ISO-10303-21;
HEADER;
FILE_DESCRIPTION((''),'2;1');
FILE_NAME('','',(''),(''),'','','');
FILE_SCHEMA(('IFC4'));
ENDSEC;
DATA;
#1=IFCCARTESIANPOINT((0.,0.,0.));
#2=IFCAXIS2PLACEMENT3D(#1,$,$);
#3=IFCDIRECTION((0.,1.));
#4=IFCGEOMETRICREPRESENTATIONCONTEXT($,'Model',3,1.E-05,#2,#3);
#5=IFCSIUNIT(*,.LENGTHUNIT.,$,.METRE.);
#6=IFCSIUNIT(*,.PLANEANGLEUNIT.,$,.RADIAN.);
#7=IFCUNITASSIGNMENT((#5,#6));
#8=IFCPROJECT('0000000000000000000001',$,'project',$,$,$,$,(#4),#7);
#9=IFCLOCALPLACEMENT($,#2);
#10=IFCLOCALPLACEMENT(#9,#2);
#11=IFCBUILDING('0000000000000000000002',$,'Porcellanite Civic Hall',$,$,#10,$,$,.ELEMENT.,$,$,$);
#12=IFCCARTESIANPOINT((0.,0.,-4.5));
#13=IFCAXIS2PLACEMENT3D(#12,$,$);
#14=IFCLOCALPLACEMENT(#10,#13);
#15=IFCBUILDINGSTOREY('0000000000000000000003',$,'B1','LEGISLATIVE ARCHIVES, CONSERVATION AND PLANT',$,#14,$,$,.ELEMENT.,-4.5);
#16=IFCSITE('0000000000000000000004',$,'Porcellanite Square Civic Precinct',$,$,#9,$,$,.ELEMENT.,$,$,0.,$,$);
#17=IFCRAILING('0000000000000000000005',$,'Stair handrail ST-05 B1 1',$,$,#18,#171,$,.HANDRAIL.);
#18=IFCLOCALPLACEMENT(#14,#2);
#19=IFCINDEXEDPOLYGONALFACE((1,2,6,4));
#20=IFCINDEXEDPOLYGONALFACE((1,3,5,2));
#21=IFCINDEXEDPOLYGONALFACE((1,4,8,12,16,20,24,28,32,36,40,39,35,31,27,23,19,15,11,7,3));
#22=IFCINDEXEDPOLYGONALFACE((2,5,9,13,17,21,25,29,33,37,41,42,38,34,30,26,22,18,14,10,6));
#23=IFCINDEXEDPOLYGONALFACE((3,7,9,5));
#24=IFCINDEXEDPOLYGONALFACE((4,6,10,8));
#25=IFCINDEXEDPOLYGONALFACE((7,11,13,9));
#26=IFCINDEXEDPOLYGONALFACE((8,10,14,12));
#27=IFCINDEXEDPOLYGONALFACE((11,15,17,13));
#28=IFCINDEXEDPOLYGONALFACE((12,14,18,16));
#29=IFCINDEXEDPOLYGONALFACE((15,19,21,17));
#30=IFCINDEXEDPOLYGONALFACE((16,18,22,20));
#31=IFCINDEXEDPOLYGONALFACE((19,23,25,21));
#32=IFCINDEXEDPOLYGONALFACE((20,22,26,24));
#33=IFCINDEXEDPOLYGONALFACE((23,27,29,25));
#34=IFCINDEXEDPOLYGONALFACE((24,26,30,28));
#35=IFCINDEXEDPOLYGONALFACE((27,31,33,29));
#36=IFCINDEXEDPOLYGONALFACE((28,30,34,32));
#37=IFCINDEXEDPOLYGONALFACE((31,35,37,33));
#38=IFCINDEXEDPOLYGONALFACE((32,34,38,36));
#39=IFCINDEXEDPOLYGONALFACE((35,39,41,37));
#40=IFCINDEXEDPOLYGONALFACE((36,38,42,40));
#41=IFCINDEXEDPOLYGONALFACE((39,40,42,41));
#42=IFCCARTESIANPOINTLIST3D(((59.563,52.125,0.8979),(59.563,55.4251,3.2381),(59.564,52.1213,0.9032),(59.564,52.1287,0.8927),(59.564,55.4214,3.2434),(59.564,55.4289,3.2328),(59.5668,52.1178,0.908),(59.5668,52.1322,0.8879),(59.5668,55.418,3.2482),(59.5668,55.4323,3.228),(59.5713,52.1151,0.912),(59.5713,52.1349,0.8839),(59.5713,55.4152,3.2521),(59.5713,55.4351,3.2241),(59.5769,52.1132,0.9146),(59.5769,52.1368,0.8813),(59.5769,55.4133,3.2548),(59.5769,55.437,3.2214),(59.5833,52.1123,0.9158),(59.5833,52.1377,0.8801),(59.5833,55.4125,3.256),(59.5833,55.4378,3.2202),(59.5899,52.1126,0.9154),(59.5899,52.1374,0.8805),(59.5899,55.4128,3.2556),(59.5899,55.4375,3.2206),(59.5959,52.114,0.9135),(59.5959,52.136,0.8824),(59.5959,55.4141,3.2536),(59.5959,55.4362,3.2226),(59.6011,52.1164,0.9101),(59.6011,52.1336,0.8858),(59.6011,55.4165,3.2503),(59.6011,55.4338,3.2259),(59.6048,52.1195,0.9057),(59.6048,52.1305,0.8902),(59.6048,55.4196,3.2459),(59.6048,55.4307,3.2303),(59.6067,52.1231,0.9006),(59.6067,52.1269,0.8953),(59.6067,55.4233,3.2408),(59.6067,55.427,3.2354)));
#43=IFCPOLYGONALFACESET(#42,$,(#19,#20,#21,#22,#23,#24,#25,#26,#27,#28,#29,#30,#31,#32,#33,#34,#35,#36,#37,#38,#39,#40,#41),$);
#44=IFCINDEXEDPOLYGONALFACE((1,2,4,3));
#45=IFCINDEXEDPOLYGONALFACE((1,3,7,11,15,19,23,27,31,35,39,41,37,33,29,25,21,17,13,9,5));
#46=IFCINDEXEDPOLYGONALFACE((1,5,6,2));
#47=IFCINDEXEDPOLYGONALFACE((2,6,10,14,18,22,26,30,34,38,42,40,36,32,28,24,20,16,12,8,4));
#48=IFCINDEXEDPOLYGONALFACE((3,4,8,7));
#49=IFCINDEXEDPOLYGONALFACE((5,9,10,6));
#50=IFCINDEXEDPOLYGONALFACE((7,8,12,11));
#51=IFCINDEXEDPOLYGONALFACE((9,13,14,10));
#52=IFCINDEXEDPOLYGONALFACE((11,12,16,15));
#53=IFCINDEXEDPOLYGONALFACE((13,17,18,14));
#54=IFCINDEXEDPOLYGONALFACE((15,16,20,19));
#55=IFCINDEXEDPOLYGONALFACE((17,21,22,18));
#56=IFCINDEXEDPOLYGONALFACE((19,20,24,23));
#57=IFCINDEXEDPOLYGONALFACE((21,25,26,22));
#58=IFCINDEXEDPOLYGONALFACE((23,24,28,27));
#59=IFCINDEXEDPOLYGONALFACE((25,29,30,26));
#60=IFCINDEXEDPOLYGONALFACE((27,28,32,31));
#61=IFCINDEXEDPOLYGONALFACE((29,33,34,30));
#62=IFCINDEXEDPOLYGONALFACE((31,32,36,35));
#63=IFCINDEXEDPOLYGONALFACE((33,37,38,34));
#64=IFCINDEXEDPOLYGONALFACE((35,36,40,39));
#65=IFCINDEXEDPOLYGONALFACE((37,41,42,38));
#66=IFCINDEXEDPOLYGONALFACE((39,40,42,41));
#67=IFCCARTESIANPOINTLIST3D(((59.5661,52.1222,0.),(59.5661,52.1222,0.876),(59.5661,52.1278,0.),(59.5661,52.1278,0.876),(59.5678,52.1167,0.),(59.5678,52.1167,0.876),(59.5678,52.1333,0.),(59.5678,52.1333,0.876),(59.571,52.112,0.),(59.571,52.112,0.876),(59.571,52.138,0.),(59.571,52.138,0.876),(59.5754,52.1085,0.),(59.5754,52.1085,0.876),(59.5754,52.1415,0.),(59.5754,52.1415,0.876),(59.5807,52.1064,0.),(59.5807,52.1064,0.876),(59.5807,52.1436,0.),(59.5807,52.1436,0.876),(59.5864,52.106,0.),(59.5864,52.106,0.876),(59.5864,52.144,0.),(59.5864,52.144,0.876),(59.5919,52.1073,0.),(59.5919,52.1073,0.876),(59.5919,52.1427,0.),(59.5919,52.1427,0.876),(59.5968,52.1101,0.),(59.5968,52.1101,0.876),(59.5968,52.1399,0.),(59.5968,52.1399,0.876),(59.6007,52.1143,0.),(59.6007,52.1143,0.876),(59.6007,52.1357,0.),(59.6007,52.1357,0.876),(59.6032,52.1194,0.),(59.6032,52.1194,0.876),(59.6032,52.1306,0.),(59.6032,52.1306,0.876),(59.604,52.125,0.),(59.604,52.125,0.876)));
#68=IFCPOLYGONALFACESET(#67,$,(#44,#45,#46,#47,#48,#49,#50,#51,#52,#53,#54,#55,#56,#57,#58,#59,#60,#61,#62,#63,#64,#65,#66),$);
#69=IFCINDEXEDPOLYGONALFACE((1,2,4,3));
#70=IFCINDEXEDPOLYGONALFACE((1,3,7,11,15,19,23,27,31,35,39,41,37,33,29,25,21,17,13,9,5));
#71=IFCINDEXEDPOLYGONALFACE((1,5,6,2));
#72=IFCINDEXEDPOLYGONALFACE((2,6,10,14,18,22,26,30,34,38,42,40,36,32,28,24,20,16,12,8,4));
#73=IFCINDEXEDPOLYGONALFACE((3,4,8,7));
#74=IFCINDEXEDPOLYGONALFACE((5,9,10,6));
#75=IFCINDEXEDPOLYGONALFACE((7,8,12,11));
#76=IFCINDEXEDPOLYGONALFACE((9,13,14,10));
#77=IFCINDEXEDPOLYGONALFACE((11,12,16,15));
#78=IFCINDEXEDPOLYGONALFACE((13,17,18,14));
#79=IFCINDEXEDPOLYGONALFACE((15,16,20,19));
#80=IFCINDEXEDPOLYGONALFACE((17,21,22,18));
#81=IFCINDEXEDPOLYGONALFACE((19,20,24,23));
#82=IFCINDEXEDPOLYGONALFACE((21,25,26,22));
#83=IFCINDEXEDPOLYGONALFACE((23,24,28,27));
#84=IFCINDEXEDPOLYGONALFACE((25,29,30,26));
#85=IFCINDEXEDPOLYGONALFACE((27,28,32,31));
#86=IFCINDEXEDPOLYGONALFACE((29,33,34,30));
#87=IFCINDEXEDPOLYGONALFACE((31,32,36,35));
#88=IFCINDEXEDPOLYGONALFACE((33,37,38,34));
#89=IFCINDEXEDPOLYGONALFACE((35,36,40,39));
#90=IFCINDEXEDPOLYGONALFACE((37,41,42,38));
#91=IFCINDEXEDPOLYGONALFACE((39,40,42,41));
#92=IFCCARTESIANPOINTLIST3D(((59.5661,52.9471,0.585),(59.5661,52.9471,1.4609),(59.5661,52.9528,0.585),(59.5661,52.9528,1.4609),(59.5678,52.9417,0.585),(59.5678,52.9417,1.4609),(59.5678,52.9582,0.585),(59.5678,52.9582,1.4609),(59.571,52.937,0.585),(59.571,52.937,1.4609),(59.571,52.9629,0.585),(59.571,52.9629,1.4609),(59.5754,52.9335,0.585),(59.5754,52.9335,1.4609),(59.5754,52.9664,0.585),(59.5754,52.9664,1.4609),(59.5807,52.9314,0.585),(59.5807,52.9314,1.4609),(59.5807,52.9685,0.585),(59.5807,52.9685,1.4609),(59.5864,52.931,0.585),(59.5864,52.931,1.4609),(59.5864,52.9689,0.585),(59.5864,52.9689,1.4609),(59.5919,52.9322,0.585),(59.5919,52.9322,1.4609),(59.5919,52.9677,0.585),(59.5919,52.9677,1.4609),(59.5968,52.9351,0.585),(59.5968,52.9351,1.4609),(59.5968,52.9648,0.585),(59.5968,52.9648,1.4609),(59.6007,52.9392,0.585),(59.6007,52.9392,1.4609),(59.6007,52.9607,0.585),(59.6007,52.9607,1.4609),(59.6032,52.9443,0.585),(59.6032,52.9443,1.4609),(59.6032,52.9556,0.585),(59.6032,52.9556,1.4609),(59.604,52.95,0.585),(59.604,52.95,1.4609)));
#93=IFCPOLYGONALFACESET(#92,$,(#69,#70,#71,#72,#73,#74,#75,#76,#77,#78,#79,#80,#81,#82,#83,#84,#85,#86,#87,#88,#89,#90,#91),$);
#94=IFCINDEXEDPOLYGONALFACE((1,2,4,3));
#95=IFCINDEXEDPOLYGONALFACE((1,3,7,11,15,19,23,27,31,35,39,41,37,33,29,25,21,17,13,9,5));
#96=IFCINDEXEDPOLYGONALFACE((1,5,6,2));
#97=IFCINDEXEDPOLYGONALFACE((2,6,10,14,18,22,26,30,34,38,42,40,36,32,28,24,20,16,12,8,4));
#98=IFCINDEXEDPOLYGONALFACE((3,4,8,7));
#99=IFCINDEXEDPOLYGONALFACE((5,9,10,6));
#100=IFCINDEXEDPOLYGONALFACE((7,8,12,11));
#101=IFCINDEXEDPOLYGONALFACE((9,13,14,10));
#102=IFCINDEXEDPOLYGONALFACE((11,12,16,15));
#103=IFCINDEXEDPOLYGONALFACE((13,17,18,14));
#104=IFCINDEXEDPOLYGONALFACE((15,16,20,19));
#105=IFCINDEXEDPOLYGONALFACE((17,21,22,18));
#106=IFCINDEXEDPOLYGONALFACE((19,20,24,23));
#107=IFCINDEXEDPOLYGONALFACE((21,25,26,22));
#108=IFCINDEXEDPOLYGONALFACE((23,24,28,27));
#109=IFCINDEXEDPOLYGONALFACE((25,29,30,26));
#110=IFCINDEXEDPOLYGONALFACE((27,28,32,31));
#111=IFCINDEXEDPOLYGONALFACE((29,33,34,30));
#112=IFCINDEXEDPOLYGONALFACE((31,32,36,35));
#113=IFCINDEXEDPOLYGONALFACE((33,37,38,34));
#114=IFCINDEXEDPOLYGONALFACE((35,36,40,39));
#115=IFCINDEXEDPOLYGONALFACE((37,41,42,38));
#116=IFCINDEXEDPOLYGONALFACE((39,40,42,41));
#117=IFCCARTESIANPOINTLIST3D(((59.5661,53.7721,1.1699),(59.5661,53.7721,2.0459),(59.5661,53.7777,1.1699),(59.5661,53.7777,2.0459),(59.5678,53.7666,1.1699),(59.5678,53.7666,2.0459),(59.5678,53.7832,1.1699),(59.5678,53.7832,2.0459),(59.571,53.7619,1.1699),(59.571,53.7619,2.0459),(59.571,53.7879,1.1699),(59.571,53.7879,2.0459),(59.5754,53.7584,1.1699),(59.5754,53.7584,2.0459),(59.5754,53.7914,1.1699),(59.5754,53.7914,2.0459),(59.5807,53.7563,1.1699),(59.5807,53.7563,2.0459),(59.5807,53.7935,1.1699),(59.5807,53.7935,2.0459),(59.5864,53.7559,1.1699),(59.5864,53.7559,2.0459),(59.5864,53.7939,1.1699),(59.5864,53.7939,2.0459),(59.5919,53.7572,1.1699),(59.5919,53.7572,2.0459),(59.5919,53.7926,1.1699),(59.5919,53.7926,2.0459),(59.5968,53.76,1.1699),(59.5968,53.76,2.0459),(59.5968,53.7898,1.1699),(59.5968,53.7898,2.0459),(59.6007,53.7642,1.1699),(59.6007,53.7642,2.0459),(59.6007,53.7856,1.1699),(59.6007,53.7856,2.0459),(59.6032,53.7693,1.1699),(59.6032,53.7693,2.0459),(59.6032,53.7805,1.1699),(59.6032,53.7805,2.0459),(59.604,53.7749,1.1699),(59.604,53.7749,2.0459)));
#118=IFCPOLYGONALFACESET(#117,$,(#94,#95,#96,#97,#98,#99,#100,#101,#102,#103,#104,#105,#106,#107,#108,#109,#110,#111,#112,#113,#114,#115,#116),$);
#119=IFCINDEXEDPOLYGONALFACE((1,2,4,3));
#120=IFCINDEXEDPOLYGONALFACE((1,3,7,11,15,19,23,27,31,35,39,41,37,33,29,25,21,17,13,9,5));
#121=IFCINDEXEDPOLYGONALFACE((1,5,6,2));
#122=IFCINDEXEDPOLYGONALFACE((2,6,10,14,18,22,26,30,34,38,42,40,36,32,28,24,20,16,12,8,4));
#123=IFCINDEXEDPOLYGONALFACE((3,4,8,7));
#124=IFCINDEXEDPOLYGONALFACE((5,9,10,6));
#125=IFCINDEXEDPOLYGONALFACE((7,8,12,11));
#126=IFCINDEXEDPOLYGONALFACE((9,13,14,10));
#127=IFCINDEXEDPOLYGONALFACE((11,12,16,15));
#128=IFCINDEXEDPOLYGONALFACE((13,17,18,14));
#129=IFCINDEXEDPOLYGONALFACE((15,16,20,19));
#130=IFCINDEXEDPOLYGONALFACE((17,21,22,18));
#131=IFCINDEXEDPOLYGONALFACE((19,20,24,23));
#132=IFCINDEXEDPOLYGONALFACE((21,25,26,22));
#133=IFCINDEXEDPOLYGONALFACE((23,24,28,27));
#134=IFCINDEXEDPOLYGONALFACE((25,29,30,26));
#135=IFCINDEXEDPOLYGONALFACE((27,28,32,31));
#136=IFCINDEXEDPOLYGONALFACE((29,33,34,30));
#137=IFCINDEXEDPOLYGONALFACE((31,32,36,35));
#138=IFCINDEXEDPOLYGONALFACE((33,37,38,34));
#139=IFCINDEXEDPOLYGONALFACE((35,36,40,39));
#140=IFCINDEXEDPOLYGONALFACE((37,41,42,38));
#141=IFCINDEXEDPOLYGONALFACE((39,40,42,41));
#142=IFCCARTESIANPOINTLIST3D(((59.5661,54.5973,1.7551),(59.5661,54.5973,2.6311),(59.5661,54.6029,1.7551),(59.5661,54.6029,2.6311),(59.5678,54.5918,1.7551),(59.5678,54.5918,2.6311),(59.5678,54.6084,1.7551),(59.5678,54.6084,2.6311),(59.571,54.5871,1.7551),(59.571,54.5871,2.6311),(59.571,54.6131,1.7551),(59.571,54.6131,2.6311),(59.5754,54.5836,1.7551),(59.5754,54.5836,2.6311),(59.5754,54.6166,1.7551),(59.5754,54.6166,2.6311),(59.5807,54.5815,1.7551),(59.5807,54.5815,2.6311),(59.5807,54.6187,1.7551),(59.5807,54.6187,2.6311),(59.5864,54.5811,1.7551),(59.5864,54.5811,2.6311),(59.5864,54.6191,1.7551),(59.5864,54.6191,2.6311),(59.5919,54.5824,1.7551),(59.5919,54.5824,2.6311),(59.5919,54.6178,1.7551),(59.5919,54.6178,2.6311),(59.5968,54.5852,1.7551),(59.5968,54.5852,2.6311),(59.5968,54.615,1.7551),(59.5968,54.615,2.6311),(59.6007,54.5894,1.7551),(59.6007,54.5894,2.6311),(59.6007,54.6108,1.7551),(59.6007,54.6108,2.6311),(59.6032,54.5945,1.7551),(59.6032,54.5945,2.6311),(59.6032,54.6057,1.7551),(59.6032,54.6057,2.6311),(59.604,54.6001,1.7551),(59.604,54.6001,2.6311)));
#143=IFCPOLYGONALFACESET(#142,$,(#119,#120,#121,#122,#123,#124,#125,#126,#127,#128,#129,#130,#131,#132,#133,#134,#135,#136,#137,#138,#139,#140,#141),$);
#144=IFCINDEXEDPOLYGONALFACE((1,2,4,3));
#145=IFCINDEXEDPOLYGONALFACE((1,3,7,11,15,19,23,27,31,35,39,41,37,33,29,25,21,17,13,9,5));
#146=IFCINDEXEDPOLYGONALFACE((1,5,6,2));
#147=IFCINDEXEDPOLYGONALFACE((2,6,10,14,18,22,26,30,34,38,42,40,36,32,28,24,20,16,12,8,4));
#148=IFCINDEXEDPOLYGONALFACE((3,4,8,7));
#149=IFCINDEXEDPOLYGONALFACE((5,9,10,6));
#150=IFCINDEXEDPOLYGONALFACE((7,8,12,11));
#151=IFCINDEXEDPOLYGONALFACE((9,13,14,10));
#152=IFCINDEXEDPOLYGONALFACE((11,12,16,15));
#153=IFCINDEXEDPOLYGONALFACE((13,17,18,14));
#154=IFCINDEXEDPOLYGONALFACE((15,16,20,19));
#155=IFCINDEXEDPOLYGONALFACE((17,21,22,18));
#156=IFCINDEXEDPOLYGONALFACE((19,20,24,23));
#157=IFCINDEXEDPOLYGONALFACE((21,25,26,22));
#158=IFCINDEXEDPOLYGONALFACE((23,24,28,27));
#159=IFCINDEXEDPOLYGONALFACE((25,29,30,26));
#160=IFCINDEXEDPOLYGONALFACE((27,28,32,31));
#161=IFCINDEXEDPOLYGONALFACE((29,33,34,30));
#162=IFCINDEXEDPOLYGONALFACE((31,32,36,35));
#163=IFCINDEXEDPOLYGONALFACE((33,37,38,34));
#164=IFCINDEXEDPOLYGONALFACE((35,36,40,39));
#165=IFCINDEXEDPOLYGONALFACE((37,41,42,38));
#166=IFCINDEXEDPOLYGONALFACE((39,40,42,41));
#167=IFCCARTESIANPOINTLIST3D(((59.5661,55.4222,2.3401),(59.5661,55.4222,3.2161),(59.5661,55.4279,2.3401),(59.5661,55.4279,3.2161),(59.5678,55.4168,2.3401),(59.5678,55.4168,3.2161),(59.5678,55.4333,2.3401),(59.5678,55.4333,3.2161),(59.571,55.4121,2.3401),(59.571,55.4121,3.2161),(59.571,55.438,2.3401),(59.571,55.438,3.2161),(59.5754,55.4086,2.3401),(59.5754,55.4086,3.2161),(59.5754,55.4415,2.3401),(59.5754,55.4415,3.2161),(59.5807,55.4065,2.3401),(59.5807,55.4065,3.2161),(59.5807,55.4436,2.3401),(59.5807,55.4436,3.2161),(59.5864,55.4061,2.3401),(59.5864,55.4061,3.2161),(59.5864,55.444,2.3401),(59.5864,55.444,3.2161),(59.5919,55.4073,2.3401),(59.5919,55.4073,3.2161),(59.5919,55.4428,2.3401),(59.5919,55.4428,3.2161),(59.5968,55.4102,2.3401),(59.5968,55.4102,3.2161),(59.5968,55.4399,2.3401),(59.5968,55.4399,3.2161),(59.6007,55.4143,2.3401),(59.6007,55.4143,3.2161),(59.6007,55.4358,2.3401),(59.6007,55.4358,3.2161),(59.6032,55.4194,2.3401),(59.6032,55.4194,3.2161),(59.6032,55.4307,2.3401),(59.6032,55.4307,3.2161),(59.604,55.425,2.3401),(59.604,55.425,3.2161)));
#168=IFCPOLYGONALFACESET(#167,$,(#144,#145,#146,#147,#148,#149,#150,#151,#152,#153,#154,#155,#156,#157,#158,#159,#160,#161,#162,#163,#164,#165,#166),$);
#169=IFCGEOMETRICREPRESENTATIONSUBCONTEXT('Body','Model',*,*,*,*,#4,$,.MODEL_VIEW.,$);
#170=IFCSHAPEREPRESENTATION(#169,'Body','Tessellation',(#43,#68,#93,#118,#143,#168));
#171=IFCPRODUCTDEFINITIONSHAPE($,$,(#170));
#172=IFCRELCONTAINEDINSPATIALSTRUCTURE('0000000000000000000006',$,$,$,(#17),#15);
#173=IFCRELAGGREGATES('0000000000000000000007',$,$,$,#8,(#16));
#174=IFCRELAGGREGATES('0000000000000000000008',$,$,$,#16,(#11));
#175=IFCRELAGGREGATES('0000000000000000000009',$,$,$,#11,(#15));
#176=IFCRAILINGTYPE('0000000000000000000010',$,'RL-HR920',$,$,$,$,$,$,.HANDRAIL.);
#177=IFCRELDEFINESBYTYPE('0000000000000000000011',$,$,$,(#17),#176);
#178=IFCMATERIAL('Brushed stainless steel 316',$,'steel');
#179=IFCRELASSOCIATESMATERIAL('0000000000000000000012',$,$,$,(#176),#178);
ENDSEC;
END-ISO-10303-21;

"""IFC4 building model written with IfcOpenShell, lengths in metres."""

from ifc_helpers import new_model, si_unit, direction, frame, origin, origin_2d, place, context, subcontext, project, spatial, circle, extrude, material, type_object, element, save


model = new_model("IFC4")

# Units and contexts
model_context = context("Model", 3, precision=1e-05, world=origin(), true_north=direction((0.0, 1.0)))
body_context = subcontext(model_context, "Body", "Model", "MODEL_VIEW")
ifc_project = project(units=[si_unit("LENGTHUNIT", "METRE"), si_unit("PLANEANGLEUNIT", "RADIAN")], contexts=[model_context])

# Site, building, storey
site_placement = place(None, origin())
site = spatial("IfcSite", under=ifc_project, at=site_placement, Name="Porcellanite Square Civic Precinct", CompositionType="ELEMENT", RefElevation=0.0)
building_placement = place(site_placement, origin())
building = spatial("IfcBuilding", under=site, at=building_placement, Name="Porcellanite Civic Hall", CompositionType="ELEMENT")
storey_placement = place(building_placement, frame((0.0, 0.0, -4.5)))
storey = spatial("IfcBuildingStorey", under=building, at=storey_placement, Name="B1", Description="LEGISLATIVE ARCHIVES, CONSERVATION AND PLANT", CompositionType="ELEMENT", Elevation=-4.5)

# Railing
ifc_material_1 = material(Name="Brushed stainless steel 316", Category="steel")
railing_type_1 = type_object("IfcRailingType", Name="RL-HR920", PredefinedType="HANDRAIL", material=ifc_material_1)
railing_1_placement = place(storey_placement, frame((59.585, 52.125, 0.0)))
element("IfcRailing", 1, at=railing_1_placement, inside=storey, type_object=railing_type_1, Name="Stair handrail ST-05 B1 1", PredefinedType="HANDRAIL", context=body_context, shape_type="SweptSolid", body=[
    extrude(circle(Radius=0.022, at=origin_2d()), frame((0.0, 0.0, 0.8979), z_axis=(0.0, 0.815727, 0.578438), x_axis=(-1.0, 0.0, 0.0)), (0.0, 0.0, 1.0), 4.0457),
    extrude(circle(Radius=0.019, at=origin_2d()), origin(), (0.0, 0.0, 1.0), 0.876),
    extrude(circle(Radius=0.019, at=origin_2d()), frame((0.0, 0.825, 0.585)), (0.0, 0.0, 1.0), 0.876),
    extrude(circle(Radius=0.019, at=origin_2d()), frame((0.0, 1.6499, 1.1699)), (0.0, 0.0, 1.0), 0.876),
    extrude(circle(Radius=0.019, at=origin_2d()), frame((0.0, 2.4751, 1.7551)), (0.0, 0.0, 1.0), 0.876),
    extrude(circle(Radius=0.019, at=origin_2d()), frame((0.0, 3.3, 2.3401)), (0.0, 0.0, 1.0), 0.876),
])

save(model, "model.ifc")
